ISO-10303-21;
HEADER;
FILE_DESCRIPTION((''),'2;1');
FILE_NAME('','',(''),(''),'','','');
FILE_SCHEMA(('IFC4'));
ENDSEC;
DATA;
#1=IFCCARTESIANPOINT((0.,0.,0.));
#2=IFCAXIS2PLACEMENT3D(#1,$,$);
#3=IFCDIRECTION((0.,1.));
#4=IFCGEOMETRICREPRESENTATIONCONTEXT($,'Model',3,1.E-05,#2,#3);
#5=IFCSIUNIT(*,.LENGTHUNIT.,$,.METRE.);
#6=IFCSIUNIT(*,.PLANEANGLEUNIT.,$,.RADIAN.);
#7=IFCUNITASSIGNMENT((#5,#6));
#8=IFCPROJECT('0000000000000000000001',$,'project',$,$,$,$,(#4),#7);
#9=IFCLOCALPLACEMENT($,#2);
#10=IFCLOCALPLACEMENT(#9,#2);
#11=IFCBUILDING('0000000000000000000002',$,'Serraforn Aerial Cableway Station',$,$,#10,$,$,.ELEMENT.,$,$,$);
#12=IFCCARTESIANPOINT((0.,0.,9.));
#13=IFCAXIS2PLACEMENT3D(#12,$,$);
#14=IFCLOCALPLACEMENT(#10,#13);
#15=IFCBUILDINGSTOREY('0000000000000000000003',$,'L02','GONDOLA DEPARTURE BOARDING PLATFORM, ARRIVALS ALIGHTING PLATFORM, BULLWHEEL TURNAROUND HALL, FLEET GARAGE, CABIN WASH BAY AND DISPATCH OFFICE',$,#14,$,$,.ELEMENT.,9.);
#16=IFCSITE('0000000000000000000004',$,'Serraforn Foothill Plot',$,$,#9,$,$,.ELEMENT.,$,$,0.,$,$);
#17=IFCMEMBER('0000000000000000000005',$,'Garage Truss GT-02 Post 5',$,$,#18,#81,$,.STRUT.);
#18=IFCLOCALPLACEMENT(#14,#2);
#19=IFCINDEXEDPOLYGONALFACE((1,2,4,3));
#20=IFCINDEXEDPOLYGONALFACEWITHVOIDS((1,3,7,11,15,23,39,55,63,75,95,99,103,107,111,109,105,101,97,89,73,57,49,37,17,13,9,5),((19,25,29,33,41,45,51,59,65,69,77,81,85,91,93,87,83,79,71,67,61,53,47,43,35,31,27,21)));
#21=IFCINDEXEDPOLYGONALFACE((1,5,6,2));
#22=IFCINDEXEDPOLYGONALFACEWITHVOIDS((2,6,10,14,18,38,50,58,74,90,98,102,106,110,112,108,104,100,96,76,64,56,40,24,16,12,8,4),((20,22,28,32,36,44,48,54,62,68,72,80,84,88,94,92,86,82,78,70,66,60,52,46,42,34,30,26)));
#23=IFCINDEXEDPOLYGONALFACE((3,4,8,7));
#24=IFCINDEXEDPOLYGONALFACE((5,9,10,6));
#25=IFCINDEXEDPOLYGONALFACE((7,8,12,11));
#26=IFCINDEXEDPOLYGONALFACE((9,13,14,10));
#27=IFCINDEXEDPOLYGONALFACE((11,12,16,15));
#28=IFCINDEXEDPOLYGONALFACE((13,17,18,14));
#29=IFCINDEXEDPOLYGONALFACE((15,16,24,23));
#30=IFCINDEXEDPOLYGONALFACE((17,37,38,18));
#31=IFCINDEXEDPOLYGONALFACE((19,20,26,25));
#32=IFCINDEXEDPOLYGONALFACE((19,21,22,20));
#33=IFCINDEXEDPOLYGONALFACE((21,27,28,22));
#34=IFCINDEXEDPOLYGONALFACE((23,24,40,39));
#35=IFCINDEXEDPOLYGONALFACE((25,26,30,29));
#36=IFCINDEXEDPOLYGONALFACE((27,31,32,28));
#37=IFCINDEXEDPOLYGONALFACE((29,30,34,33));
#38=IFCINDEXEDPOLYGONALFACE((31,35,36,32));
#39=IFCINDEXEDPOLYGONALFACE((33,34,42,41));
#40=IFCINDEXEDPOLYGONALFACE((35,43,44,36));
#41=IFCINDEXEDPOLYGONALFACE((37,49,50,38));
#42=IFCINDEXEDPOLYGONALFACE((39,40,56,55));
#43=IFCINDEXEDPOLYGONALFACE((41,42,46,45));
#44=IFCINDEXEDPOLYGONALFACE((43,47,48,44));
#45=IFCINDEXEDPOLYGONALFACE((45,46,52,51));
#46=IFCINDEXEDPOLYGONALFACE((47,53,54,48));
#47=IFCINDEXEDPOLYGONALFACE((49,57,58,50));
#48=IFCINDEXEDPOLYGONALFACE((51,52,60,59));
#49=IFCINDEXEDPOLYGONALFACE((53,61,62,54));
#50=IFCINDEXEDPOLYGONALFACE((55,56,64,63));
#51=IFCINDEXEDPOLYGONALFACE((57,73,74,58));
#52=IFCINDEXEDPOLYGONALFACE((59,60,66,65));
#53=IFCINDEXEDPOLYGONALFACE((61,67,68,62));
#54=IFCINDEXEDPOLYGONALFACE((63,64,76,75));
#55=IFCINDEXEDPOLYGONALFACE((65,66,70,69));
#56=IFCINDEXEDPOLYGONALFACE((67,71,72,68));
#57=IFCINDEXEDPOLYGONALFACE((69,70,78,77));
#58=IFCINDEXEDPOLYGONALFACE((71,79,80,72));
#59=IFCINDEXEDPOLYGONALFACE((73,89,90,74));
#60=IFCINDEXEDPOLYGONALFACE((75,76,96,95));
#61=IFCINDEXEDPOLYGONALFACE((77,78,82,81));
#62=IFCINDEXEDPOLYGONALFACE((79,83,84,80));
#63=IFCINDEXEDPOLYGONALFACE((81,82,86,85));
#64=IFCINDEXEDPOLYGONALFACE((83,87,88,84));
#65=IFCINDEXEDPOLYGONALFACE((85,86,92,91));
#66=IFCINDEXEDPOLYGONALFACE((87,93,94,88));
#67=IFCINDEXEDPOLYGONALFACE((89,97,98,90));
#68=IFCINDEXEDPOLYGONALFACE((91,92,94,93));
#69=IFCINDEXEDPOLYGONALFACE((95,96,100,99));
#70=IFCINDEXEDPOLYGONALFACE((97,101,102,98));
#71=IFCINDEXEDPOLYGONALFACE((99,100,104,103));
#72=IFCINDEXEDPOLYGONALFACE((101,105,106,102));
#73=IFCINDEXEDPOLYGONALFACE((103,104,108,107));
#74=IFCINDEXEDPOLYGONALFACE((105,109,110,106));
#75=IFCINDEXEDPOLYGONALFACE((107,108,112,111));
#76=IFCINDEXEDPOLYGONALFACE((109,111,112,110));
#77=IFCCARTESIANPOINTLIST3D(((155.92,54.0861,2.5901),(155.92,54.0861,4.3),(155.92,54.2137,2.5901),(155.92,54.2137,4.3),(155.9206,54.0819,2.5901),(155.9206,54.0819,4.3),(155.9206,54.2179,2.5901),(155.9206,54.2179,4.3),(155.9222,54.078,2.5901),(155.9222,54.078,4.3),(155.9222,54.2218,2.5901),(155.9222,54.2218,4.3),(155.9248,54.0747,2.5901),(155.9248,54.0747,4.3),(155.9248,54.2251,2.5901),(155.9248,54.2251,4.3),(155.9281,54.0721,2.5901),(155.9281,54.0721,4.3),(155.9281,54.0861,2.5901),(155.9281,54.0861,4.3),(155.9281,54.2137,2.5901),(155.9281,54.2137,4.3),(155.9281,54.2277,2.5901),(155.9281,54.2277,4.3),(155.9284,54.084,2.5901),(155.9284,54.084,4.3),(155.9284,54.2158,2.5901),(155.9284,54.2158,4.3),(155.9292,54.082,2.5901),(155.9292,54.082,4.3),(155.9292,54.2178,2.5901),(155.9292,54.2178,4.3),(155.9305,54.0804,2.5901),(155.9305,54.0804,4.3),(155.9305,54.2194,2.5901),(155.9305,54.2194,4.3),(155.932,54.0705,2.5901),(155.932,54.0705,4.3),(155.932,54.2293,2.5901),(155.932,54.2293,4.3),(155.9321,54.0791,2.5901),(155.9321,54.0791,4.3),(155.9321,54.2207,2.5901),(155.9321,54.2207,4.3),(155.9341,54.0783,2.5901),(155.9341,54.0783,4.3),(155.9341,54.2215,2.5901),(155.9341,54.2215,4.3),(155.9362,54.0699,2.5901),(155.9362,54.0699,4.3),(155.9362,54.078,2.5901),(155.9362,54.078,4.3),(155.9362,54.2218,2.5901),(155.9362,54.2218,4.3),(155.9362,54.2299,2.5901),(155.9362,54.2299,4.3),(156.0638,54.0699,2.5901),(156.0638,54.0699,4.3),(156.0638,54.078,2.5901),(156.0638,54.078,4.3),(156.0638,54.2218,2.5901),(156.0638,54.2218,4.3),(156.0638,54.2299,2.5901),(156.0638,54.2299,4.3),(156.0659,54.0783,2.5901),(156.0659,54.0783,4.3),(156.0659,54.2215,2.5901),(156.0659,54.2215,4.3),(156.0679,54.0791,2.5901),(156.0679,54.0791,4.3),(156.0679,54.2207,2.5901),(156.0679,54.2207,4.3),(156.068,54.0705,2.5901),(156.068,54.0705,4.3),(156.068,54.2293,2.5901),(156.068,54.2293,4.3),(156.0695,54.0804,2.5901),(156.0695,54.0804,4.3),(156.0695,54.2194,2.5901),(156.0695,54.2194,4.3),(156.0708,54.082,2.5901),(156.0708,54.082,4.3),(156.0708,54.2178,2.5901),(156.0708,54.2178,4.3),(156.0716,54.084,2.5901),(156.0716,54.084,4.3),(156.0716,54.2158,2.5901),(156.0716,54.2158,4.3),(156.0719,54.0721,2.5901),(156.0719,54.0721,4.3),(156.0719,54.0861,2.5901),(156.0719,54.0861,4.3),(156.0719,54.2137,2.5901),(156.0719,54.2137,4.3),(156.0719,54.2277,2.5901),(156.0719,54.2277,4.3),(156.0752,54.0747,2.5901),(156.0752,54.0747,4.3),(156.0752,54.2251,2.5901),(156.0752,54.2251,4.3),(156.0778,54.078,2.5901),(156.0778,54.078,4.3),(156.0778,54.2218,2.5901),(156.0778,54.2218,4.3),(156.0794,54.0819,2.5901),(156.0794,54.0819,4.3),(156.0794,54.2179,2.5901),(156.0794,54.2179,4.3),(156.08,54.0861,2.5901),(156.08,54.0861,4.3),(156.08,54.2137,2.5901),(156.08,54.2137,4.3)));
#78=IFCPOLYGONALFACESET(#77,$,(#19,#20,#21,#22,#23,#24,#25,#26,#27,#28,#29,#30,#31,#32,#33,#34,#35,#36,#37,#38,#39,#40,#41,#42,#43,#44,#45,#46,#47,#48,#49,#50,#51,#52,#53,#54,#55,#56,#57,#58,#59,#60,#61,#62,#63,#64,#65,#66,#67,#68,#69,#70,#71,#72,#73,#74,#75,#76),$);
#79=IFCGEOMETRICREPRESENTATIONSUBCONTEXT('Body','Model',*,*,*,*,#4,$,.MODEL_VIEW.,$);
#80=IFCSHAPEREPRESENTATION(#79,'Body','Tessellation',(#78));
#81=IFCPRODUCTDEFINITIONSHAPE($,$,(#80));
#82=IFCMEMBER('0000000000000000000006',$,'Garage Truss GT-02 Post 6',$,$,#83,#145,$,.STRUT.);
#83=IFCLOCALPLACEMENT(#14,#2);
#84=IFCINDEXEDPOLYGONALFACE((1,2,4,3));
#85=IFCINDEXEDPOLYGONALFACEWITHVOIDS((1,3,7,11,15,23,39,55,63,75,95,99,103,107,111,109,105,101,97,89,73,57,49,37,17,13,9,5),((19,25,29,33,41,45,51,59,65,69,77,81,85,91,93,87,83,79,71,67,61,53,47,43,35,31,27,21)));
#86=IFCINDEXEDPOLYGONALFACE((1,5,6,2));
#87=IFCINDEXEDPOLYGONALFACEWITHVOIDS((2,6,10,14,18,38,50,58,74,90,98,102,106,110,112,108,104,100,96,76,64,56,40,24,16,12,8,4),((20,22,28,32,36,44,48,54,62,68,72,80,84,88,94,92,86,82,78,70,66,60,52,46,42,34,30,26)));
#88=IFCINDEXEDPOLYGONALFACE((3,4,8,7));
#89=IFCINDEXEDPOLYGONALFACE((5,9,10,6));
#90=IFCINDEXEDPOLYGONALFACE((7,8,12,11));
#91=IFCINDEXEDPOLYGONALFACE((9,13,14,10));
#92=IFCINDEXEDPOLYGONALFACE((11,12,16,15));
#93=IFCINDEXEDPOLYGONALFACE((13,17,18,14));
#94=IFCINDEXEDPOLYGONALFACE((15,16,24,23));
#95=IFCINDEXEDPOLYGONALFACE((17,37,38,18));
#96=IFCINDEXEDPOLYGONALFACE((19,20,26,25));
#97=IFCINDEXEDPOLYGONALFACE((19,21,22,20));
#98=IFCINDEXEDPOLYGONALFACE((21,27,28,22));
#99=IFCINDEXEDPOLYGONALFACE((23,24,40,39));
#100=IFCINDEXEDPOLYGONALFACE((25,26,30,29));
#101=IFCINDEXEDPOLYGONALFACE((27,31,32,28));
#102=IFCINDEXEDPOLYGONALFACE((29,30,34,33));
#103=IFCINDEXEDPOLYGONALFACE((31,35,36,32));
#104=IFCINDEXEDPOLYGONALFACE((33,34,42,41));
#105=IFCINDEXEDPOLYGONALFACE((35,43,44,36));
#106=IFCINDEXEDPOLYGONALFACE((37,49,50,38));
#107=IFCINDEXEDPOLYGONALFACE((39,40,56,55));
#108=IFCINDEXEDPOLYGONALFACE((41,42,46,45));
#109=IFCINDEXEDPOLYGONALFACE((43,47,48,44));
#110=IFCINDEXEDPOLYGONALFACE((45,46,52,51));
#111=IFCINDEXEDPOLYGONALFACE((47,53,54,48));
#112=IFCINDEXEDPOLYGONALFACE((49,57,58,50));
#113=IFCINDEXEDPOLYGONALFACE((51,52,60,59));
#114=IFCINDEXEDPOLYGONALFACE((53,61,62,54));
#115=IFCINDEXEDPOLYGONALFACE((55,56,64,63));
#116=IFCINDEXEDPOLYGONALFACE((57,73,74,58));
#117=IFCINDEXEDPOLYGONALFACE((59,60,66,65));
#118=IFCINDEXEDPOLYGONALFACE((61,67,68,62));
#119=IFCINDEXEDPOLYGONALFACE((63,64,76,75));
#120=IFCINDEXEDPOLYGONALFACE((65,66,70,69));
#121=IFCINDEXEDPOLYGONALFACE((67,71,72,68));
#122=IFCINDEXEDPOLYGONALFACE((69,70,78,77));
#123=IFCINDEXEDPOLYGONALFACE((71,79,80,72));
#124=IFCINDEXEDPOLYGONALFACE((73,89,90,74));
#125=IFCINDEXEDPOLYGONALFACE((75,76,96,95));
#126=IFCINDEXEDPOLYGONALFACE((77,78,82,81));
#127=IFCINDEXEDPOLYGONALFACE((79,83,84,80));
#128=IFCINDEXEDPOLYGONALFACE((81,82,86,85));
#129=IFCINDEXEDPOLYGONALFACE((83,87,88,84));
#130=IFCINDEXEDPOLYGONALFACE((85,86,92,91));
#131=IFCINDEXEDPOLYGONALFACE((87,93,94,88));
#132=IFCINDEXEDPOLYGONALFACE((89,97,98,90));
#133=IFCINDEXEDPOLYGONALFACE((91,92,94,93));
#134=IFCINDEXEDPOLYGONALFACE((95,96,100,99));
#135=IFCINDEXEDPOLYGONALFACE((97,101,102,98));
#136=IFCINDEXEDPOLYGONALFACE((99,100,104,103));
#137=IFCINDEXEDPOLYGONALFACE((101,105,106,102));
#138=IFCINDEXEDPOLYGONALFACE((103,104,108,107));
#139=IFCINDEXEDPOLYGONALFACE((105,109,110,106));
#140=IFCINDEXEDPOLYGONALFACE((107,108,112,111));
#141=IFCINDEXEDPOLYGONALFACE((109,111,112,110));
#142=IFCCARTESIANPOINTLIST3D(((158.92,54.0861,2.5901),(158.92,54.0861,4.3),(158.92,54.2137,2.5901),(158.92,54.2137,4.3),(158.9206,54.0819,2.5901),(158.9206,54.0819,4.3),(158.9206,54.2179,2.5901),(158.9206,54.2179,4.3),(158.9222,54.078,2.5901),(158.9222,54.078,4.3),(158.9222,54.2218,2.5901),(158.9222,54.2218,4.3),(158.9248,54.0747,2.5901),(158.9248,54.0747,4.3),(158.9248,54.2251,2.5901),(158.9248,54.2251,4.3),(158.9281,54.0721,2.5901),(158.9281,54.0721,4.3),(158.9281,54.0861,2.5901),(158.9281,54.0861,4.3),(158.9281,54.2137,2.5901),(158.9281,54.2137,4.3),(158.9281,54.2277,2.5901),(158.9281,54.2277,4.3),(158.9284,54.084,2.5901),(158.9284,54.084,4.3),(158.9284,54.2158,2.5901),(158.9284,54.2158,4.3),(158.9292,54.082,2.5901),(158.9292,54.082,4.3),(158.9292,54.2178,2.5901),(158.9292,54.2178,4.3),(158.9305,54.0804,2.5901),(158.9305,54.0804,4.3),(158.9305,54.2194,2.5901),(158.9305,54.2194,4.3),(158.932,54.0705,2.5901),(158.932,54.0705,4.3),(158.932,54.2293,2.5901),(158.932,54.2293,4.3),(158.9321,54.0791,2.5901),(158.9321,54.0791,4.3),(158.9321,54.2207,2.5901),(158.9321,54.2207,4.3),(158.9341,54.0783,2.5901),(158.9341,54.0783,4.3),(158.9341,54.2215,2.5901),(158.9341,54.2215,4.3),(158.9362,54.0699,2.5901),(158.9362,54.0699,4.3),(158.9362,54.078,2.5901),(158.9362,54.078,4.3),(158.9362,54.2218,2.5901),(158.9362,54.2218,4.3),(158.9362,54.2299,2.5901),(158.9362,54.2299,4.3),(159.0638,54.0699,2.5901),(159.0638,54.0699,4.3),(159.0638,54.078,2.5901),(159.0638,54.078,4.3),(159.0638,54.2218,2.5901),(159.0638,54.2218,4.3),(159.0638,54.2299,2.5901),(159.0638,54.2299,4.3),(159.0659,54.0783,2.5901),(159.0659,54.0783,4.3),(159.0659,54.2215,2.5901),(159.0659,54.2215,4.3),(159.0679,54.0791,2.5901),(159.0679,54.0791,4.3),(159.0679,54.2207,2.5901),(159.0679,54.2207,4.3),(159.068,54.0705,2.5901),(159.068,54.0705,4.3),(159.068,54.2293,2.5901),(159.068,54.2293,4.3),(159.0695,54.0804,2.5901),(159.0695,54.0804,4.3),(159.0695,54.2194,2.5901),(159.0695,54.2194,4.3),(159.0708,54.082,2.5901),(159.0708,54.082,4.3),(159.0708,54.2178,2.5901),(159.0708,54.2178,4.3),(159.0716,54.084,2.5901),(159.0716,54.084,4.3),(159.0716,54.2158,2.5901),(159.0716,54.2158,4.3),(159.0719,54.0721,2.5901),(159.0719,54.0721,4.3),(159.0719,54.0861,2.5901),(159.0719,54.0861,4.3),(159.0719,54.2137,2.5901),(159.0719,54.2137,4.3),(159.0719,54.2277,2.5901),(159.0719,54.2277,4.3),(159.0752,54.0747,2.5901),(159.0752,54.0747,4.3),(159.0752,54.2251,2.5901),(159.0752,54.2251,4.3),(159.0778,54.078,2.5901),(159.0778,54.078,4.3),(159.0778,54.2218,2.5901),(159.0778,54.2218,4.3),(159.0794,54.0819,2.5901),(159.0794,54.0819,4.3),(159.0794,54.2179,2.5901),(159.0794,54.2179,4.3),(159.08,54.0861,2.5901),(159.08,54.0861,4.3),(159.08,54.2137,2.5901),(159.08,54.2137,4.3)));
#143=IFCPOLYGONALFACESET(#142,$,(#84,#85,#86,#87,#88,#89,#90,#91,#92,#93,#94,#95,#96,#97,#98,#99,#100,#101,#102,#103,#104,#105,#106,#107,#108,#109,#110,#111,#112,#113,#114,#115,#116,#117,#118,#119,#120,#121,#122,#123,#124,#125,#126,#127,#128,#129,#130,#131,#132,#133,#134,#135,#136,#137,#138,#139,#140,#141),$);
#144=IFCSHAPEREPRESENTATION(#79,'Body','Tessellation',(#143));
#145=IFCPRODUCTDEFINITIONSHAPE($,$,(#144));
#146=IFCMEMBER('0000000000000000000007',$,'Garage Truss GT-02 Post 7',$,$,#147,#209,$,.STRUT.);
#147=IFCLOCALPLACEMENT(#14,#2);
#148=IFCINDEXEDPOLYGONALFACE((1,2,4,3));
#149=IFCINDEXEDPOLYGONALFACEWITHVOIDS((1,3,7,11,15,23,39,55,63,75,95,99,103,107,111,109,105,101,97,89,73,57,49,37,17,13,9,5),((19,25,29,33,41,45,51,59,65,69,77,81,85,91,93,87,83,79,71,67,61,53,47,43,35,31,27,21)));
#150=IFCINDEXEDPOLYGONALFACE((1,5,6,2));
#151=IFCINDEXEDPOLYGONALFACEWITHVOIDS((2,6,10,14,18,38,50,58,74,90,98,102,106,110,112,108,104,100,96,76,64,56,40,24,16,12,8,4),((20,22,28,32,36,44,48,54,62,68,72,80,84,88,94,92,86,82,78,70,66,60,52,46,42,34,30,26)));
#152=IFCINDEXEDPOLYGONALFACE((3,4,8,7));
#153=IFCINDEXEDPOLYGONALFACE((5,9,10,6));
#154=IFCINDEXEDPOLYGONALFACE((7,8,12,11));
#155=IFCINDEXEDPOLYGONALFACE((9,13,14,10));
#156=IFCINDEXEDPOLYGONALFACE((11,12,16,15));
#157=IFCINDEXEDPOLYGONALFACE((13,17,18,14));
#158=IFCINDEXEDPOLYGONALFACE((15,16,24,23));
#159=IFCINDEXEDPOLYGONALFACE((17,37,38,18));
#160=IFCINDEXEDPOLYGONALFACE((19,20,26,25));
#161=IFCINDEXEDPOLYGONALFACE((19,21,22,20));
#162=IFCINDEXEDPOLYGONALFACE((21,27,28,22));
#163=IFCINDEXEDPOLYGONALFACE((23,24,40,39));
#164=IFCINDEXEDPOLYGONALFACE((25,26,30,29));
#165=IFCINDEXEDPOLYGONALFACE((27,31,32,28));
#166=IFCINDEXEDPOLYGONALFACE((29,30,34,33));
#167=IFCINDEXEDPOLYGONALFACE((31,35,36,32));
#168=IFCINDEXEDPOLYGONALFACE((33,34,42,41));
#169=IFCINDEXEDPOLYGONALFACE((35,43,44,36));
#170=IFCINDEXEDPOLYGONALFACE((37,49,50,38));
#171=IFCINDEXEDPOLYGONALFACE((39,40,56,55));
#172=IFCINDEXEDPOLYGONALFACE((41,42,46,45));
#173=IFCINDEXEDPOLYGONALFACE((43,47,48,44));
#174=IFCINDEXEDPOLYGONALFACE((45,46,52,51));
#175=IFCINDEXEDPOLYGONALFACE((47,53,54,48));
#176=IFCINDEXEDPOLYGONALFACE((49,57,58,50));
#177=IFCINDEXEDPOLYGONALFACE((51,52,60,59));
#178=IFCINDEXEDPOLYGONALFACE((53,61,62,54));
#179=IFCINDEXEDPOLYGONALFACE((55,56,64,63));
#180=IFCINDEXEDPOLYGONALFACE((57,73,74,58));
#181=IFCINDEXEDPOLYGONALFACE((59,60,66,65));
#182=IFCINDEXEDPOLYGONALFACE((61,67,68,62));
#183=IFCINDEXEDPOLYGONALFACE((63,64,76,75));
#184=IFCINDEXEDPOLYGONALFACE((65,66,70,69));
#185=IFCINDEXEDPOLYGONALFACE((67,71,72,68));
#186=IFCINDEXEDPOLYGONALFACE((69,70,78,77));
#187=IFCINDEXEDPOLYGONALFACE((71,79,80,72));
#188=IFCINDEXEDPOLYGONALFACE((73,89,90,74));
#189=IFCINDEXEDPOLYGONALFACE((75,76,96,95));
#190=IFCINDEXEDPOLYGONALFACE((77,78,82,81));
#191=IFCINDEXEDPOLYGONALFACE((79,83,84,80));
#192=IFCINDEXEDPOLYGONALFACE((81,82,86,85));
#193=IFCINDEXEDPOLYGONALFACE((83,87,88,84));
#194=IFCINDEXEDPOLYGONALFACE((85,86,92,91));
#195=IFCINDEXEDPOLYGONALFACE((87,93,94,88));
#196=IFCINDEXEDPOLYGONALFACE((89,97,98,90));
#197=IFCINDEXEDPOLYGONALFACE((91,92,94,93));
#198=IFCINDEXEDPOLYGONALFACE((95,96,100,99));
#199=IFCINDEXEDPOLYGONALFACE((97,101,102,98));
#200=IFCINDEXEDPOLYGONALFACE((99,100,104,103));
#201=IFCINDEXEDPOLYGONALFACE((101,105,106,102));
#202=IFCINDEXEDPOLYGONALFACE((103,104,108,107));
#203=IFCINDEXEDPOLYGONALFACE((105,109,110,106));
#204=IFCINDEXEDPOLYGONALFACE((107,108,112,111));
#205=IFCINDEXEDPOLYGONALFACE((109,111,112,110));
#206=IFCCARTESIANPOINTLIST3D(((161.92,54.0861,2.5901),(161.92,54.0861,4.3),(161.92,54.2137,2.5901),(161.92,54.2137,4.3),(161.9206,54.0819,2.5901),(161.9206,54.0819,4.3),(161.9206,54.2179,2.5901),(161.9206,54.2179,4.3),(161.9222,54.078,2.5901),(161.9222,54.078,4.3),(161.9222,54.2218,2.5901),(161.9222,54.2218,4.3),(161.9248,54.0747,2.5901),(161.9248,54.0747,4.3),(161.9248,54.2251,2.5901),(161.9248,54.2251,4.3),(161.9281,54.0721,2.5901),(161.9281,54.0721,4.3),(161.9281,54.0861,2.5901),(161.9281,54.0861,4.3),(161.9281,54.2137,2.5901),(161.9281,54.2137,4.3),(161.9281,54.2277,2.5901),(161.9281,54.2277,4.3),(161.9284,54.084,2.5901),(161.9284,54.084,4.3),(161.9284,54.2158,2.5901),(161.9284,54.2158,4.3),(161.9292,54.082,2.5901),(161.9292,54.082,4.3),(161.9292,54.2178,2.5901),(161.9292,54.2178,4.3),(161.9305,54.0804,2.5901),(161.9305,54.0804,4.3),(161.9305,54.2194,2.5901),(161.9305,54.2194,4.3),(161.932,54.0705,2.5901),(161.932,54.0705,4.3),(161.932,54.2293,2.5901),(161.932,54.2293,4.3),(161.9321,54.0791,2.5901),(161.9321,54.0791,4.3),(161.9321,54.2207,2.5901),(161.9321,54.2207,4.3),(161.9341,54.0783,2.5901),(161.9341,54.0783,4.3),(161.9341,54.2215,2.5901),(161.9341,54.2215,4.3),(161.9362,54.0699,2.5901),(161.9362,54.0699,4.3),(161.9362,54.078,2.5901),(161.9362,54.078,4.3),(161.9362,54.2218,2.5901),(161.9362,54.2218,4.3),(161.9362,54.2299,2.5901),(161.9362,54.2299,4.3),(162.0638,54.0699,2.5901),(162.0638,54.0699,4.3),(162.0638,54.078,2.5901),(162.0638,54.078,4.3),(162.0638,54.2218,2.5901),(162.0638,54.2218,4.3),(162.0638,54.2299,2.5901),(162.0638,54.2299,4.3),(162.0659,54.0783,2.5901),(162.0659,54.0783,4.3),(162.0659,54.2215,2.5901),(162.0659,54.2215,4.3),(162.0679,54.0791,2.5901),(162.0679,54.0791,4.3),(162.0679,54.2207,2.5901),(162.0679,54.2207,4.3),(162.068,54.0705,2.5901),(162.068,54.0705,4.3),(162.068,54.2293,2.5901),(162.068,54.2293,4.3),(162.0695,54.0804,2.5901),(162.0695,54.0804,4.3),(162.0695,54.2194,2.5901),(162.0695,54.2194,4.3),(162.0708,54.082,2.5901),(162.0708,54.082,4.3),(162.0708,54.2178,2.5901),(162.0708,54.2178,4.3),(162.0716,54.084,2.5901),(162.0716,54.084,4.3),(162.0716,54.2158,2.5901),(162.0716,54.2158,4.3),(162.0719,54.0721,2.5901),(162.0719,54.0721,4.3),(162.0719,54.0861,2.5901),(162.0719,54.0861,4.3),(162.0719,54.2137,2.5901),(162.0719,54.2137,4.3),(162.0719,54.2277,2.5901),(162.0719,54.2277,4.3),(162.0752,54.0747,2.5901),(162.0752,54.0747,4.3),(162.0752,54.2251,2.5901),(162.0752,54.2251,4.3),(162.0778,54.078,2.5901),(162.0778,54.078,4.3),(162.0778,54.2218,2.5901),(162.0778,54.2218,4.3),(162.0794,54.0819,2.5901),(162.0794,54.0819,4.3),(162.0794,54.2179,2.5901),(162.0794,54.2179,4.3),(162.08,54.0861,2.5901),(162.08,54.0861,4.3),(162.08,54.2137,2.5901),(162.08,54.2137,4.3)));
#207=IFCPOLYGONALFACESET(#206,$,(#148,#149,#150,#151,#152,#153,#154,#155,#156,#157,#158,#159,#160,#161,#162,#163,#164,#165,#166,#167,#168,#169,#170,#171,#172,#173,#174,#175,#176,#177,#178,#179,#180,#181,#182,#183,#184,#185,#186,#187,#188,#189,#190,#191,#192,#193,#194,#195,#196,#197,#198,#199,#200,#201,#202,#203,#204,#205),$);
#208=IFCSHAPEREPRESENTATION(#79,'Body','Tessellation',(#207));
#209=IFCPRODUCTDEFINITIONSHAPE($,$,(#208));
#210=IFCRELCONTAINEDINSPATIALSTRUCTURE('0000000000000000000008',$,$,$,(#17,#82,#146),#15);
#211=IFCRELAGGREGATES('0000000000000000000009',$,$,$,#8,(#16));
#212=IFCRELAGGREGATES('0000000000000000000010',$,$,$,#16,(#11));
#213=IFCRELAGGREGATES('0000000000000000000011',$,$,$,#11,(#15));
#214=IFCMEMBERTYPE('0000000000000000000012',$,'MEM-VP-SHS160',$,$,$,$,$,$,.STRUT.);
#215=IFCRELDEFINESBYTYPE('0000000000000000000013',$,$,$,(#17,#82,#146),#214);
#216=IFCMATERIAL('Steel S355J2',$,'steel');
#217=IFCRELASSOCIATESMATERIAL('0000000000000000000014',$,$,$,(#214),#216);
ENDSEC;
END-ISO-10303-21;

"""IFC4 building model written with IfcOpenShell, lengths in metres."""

from ifc_helpers import new_model, si_unit, direction, frame, origin, origin_2d, place, context, subcontext, project, spatial, hollow_rectangle, extrude, material, material_profile, profile_set, type_object, element, save


model = new_model("IFC4")

# Units and contexts
model_context = context("Model", 3, precision=1e-05, world=origin(), true_north=direction((0.0, 1.0)))
body_context = subcontext(model_context, "Body", "Model", "MODEL_VIEW")
ifc_project = project(units=[si_unit("LENGTHUNIT", "METRE"), si_unit("PLANEANGLEUNIT", "RADIAN")], contexts=[model_context])

# Site, building, storey
site_placement = place(None, origin())
site = spatial("IfcSite", under=ifc_project, at=site_placement, Name="Serraforn Foothill Plot", CompositionType="ELEMENT", RefElevation=0.0)
building_placement = place(site_placement, origin())
building = spatial("IfcBuilding", under=site, at=building_placement, Name="Serraforn Aerial Cableway Station", CompositionType="ELEMENT")
storey_placement = place(building_placement, frame((0.0, 0.0, 9.0)))
storey = spatial("IfcBuildingStorey", under=building, at=storey_placement, Name="L02", Description="GONDOLA DEPARTURE BOARDING PLATFORM, ARRIVALS ALIGHTING PLATFORM, BULLWHEEL TURNAROUND HALL, FLEET GARAGE, CABIN WASH BAY AND DISPATCH OFFICE", CompositionType="ELEMENT", Elevation=9.0)

# Members
ifc_material_1 = material(Name="Steel S355J2", Category="steel")
ifc_material_profile_1 = material_profile(ifc_material_1, hollow_rectangle(XDim=0.1599, YDim=0.1599, WallThickness=0.0081, InnerFilletRadius=0.0081, OuterFilletRadius=0.0161, at=origin_2d()), Name="SHS 160x160x8.0")
ifc_profile_set_1 = profile_set([ifc_material_profile_1], Name="Steel S355J2")
member_type_1 = type_object("IfcMemberType", Name="MEM-VP-SHS160", PredefinedType="STRUT", material=ifc_profile_set_1)
for number, where, z_axis, x_axis, name in (
    (1, (156.0, 54.1499, 2.5901), (0.0, 0.0, 1.0), (1.0, 0.0, 0.0), "Garage Truss GT-02 Post 5"),
    (2, (159.0, 54.1499, 2.5901), (0.0, 0.0, 1.0), (1.0, 0.0, 0.0), "Garage Truss GT-02 Post 6"),
    (3, (162.0, 54.1499, 2.5901), (0.0, 0.0, 1.0), (1.0, 0.0, 0.0), "Garage Truss GT-02 Post 7"),
):
    element("IfcMember", number, at=place(storey_placement, frame(where, z_axis=z_axis, x_axis=x_axis)), inside=storey, type_object=member_type_1, Name=name, PredefinedType="STRUT", context=body_context, shape_type="SweptSolid", body=[
        extrude(hollow_rectangle(XDim=0.1599, YDim=0.1599, WallThickness=0.0081, InnerFilletRadius=0.0081, OuterFilletRadius=0.0161, at=origin_2d()), origin(), (0.0, 0.0, 1.0), 1.71),
    ])

save(model, "model.ifc")
